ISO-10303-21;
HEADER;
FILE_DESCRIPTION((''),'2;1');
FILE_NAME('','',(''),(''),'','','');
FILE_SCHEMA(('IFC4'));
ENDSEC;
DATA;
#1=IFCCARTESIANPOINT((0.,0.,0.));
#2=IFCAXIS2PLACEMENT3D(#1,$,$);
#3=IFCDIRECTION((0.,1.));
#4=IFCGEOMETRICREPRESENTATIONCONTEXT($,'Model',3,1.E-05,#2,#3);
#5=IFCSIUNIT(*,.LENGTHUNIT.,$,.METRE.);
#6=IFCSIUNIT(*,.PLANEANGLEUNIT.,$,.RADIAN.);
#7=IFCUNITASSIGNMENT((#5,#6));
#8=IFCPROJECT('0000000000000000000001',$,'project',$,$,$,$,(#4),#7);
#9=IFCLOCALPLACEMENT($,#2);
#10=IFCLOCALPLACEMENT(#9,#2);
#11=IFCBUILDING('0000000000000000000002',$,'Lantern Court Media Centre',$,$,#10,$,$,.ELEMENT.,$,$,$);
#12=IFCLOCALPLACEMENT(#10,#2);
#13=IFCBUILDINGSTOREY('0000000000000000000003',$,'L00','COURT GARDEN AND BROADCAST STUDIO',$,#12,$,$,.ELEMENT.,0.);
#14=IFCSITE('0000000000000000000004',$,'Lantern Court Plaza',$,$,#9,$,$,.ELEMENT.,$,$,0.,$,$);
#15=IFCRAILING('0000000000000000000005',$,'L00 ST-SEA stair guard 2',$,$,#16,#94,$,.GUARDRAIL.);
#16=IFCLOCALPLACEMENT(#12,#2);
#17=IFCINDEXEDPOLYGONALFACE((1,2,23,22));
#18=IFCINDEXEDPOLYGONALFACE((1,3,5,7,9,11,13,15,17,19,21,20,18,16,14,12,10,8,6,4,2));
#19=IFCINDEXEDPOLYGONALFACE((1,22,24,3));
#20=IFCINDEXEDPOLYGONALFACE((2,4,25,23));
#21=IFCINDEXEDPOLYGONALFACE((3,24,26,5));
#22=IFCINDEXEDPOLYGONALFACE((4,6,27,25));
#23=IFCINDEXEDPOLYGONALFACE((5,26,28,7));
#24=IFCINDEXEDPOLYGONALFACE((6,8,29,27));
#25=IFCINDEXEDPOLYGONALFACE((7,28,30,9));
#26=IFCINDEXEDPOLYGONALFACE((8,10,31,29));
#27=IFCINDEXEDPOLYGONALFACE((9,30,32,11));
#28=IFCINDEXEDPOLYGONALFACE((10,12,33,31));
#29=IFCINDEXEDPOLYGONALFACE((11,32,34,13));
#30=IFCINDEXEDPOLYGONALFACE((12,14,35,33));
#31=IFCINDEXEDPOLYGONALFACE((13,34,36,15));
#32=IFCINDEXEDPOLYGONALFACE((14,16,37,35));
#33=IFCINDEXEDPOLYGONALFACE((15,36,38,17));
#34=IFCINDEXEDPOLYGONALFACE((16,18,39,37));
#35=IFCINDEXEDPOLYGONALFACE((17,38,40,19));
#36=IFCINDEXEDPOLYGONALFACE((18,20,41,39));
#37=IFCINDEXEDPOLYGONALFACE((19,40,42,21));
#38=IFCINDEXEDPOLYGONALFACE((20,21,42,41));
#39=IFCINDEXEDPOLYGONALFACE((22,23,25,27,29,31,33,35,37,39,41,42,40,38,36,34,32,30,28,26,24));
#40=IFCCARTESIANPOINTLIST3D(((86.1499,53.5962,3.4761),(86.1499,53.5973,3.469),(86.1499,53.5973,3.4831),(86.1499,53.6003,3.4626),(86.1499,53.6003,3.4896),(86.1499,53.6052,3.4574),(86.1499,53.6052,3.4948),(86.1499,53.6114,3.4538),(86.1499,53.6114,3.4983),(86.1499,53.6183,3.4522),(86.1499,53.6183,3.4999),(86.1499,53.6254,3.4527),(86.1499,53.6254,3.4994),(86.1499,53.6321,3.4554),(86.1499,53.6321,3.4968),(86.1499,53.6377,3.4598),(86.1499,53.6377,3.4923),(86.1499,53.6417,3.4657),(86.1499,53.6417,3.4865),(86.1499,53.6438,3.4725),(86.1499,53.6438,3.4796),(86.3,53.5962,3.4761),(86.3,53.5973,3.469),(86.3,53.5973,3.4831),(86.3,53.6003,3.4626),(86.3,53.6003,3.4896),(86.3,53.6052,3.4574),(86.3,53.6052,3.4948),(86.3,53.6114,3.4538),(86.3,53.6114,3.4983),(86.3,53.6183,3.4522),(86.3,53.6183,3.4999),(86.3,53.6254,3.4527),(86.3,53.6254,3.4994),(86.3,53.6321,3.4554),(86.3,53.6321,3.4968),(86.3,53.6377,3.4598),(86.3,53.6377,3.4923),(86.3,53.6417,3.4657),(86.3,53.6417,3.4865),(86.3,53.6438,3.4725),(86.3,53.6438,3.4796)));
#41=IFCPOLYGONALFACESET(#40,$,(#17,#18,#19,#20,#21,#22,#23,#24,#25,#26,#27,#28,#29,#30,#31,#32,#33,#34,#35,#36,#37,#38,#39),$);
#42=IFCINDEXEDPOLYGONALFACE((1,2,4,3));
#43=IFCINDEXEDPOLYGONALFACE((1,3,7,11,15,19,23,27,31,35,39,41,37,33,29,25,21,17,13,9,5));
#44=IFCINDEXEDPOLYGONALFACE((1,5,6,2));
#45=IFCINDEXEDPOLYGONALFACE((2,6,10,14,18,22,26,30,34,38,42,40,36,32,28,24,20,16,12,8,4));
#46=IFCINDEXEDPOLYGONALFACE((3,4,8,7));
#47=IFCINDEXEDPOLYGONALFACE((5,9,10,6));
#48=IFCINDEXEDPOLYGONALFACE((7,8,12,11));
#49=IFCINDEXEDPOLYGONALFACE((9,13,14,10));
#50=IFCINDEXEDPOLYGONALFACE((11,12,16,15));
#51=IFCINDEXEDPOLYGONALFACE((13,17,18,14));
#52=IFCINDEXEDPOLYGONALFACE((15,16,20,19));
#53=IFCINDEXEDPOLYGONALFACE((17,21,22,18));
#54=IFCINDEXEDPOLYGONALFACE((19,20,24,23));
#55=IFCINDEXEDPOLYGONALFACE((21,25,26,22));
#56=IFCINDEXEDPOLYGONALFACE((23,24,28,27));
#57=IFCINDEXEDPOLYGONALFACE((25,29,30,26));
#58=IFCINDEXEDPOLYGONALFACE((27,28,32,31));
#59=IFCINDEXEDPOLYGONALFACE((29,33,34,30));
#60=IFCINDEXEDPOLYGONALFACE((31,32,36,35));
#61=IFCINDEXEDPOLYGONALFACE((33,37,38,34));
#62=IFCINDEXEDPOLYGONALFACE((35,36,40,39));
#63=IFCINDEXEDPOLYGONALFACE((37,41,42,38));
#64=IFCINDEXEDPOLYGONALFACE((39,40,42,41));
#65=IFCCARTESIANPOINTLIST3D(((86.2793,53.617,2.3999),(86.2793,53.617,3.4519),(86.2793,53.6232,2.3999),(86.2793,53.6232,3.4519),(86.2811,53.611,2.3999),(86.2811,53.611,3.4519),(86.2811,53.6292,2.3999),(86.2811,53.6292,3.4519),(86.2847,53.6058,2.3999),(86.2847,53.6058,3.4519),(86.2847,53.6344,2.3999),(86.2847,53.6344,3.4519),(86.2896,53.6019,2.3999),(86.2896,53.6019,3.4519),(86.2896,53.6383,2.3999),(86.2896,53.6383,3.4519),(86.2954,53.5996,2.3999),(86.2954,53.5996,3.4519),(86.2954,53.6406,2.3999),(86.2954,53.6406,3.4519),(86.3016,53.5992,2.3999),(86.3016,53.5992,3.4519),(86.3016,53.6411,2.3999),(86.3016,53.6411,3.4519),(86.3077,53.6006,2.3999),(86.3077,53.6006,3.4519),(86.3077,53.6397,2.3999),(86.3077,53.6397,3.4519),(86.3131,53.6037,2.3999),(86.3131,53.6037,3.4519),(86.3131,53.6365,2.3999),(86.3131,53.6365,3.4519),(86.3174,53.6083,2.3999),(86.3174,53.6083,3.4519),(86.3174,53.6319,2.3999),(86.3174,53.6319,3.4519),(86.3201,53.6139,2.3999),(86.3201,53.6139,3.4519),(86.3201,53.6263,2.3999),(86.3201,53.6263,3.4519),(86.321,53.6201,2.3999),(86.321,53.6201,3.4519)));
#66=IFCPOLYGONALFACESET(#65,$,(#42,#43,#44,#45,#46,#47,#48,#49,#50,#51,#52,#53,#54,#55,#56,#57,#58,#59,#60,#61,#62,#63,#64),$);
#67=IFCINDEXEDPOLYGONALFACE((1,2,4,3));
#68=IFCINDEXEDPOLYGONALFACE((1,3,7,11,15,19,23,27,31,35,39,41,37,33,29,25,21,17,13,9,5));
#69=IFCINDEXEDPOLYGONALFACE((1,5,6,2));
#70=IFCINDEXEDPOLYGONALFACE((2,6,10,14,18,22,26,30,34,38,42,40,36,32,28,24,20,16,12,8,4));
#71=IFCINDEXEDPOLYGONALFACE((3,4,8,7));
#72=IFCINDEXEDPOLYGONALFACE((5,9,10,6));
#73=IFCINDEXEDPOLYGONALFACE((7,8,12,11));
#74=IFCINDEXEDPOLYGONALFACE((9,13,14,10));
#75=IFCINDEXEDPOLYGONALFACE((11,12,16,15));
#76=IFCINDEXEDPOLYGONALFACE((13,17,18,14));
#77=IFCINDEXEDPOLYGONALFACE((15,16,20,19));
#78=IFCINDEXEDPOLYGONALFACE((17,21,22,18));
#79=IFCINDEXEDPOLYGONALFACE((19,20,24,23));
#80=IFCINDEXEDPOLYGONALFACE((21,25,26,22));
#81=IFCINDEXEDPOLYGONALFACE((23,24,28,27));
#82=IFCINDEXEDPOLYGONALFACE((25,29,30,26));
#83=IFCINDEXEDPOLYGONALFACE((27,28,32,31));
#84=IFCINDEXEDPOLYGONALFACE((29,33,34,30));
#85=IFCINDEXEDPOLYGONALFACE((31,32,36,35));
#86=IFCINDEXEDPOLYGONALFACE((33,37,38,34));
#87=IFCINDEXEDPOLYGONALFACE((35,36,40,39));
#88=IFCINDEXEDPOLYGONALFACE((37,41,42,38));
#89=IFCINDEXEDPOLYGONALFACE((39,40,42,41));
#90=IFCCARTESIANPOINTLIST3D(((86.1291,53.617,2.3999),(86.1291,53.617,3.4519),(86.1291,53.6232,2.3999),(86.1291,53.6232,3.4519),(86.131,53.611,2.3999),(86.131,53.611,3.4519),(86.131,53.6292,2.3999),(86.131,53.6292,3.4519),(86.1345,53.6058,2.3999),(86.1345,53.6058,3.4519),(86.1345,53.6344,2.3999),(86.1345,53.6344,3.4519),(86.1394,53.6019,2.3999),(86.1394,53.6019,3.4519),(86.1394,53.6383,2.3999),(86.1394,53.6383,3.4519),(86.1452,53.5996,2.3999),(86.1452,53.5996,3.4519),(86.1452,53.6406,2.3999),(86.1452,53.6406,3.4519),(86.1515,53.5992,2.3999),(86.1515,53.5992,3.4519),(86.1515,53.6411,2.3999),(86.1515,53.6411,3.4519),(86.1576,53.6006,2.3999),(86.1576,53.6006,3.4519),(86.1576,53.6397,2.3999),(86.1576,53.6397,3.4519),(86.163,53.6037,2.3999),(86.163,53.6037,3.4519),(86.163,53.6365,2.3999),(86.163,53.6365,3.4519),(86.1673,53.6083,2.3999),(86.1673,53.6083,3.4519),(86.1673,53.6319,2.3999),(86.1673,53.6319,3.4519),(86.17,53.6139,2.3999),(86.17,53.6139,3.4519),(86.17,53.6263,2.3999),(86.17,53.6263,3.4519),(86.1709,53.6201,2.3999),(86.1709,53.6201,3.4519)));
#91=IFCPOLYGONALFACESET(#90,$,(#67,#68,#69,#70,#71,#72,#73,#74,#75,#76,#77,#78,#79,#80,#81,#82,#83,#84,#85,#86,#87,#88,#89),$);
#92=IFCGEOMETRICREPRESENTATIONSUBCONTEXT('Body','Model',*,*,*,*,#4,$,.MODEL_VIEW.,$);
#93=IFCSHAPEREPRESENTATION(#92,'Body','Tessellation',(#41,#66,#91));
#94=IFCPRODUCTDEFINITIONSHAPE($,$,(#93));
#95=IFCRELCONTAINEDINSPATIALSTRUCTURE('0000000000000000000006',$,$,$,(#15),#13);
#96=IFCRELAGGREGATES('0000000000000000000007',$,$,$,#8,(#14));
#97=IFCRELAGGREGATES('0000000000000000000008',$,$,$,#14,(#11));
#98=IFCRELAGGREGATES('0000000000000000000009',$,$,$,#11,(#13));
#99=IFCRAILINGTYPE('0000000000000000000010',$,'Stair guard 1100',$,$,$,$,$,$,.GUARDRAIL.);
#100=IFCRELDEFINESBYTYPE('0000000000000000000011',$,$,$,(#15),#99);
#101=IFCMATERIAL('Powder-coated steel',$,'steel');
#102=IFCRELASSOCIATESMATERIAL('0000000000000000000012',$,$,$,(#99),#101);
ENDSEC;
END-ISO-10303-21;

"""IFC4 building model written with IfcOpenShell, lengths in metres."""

from ifc_helpers import new_model, si_unit, direction, frame, origin, origin_2d, place, context, subcontext, project, spatial, circle, extrude, material, type_object, element, save


model = new_model("IFC4")

# Units and contexts
model_context = context("Model", 3, precision=1e-05, world=origin(), true_north=direction((0.0, 1.0)))
body_context = subcontext(model_context, "Body", "Model", "MODEL_VIEW")
ifc_project = project(units=[si_unit("LENGTHUNIT", "METRE"), si_unit("PLANEANGLEUNIT", "RADIAN")], contexts=[model_context])

# Site, building, storey
site_placement = place(None, origin())
site = spatial("IfcSite", under=ifc_project, at=site_placement, Name="Lantern Court Plaza", CompositionType="ELEMENT", RefElevation=0.0)
building_placement = place(site_placement, origin())
building = spatial("IfcBuilding", under=site, at=building_placement, Name="Lantern Court Media Centre", CompositionType="ELEMENT")
storey_placement = place(building_placement, origin())
storey = spatial("IfcBuildingStorey", under=building, at=storey_placement, Name="L00", Description="COURT GARDEN AND BROADCAST STUDIO", CompositionType="ELEMENT", Elevation=0.0)

# Railing
ifc_material_1 = material(Name="Powder-coated steel", Category="steel")
railing_type_1 = type_object("IfcRailingType", Name="Stair guard 1100", PredefinedType="GUARDRAIL", material=ifc_material_1)
railing_1_placement = place(storey_placement, frame((86.3, 53.6201, 2.3999)))
element("IfcRailing", 1, at=railing_1_placement, inside=storey, type_object=railing_type_1, Name="L00 ST-SEA stair guard 2", PredefinedType="GUARDRAIL", context=body_context, shape_type="SweptSolid", body=[
    extrude(circle(Radius=0.0239, at=origin_2d()), frame((0.0, 0.0, 1.0762), z_axis=(-1.0, 0.0, 0.0), x_axis=(0.0, -1.0, 0.0)), (0.0, 0.0, 1.0), 0.1501),
    extrude(circle(Radius=0.021, at=origin_2d()), origin(), (0.0, 0.0, 1.0), 1.052),
    extrude(circle(Radius=0.021, at=origin_2d()), frame((-0.1501, 0.0, 0.0)), (0.0, 0.0, 1.0), 1.052),
])

save(model, "model.ifc")
